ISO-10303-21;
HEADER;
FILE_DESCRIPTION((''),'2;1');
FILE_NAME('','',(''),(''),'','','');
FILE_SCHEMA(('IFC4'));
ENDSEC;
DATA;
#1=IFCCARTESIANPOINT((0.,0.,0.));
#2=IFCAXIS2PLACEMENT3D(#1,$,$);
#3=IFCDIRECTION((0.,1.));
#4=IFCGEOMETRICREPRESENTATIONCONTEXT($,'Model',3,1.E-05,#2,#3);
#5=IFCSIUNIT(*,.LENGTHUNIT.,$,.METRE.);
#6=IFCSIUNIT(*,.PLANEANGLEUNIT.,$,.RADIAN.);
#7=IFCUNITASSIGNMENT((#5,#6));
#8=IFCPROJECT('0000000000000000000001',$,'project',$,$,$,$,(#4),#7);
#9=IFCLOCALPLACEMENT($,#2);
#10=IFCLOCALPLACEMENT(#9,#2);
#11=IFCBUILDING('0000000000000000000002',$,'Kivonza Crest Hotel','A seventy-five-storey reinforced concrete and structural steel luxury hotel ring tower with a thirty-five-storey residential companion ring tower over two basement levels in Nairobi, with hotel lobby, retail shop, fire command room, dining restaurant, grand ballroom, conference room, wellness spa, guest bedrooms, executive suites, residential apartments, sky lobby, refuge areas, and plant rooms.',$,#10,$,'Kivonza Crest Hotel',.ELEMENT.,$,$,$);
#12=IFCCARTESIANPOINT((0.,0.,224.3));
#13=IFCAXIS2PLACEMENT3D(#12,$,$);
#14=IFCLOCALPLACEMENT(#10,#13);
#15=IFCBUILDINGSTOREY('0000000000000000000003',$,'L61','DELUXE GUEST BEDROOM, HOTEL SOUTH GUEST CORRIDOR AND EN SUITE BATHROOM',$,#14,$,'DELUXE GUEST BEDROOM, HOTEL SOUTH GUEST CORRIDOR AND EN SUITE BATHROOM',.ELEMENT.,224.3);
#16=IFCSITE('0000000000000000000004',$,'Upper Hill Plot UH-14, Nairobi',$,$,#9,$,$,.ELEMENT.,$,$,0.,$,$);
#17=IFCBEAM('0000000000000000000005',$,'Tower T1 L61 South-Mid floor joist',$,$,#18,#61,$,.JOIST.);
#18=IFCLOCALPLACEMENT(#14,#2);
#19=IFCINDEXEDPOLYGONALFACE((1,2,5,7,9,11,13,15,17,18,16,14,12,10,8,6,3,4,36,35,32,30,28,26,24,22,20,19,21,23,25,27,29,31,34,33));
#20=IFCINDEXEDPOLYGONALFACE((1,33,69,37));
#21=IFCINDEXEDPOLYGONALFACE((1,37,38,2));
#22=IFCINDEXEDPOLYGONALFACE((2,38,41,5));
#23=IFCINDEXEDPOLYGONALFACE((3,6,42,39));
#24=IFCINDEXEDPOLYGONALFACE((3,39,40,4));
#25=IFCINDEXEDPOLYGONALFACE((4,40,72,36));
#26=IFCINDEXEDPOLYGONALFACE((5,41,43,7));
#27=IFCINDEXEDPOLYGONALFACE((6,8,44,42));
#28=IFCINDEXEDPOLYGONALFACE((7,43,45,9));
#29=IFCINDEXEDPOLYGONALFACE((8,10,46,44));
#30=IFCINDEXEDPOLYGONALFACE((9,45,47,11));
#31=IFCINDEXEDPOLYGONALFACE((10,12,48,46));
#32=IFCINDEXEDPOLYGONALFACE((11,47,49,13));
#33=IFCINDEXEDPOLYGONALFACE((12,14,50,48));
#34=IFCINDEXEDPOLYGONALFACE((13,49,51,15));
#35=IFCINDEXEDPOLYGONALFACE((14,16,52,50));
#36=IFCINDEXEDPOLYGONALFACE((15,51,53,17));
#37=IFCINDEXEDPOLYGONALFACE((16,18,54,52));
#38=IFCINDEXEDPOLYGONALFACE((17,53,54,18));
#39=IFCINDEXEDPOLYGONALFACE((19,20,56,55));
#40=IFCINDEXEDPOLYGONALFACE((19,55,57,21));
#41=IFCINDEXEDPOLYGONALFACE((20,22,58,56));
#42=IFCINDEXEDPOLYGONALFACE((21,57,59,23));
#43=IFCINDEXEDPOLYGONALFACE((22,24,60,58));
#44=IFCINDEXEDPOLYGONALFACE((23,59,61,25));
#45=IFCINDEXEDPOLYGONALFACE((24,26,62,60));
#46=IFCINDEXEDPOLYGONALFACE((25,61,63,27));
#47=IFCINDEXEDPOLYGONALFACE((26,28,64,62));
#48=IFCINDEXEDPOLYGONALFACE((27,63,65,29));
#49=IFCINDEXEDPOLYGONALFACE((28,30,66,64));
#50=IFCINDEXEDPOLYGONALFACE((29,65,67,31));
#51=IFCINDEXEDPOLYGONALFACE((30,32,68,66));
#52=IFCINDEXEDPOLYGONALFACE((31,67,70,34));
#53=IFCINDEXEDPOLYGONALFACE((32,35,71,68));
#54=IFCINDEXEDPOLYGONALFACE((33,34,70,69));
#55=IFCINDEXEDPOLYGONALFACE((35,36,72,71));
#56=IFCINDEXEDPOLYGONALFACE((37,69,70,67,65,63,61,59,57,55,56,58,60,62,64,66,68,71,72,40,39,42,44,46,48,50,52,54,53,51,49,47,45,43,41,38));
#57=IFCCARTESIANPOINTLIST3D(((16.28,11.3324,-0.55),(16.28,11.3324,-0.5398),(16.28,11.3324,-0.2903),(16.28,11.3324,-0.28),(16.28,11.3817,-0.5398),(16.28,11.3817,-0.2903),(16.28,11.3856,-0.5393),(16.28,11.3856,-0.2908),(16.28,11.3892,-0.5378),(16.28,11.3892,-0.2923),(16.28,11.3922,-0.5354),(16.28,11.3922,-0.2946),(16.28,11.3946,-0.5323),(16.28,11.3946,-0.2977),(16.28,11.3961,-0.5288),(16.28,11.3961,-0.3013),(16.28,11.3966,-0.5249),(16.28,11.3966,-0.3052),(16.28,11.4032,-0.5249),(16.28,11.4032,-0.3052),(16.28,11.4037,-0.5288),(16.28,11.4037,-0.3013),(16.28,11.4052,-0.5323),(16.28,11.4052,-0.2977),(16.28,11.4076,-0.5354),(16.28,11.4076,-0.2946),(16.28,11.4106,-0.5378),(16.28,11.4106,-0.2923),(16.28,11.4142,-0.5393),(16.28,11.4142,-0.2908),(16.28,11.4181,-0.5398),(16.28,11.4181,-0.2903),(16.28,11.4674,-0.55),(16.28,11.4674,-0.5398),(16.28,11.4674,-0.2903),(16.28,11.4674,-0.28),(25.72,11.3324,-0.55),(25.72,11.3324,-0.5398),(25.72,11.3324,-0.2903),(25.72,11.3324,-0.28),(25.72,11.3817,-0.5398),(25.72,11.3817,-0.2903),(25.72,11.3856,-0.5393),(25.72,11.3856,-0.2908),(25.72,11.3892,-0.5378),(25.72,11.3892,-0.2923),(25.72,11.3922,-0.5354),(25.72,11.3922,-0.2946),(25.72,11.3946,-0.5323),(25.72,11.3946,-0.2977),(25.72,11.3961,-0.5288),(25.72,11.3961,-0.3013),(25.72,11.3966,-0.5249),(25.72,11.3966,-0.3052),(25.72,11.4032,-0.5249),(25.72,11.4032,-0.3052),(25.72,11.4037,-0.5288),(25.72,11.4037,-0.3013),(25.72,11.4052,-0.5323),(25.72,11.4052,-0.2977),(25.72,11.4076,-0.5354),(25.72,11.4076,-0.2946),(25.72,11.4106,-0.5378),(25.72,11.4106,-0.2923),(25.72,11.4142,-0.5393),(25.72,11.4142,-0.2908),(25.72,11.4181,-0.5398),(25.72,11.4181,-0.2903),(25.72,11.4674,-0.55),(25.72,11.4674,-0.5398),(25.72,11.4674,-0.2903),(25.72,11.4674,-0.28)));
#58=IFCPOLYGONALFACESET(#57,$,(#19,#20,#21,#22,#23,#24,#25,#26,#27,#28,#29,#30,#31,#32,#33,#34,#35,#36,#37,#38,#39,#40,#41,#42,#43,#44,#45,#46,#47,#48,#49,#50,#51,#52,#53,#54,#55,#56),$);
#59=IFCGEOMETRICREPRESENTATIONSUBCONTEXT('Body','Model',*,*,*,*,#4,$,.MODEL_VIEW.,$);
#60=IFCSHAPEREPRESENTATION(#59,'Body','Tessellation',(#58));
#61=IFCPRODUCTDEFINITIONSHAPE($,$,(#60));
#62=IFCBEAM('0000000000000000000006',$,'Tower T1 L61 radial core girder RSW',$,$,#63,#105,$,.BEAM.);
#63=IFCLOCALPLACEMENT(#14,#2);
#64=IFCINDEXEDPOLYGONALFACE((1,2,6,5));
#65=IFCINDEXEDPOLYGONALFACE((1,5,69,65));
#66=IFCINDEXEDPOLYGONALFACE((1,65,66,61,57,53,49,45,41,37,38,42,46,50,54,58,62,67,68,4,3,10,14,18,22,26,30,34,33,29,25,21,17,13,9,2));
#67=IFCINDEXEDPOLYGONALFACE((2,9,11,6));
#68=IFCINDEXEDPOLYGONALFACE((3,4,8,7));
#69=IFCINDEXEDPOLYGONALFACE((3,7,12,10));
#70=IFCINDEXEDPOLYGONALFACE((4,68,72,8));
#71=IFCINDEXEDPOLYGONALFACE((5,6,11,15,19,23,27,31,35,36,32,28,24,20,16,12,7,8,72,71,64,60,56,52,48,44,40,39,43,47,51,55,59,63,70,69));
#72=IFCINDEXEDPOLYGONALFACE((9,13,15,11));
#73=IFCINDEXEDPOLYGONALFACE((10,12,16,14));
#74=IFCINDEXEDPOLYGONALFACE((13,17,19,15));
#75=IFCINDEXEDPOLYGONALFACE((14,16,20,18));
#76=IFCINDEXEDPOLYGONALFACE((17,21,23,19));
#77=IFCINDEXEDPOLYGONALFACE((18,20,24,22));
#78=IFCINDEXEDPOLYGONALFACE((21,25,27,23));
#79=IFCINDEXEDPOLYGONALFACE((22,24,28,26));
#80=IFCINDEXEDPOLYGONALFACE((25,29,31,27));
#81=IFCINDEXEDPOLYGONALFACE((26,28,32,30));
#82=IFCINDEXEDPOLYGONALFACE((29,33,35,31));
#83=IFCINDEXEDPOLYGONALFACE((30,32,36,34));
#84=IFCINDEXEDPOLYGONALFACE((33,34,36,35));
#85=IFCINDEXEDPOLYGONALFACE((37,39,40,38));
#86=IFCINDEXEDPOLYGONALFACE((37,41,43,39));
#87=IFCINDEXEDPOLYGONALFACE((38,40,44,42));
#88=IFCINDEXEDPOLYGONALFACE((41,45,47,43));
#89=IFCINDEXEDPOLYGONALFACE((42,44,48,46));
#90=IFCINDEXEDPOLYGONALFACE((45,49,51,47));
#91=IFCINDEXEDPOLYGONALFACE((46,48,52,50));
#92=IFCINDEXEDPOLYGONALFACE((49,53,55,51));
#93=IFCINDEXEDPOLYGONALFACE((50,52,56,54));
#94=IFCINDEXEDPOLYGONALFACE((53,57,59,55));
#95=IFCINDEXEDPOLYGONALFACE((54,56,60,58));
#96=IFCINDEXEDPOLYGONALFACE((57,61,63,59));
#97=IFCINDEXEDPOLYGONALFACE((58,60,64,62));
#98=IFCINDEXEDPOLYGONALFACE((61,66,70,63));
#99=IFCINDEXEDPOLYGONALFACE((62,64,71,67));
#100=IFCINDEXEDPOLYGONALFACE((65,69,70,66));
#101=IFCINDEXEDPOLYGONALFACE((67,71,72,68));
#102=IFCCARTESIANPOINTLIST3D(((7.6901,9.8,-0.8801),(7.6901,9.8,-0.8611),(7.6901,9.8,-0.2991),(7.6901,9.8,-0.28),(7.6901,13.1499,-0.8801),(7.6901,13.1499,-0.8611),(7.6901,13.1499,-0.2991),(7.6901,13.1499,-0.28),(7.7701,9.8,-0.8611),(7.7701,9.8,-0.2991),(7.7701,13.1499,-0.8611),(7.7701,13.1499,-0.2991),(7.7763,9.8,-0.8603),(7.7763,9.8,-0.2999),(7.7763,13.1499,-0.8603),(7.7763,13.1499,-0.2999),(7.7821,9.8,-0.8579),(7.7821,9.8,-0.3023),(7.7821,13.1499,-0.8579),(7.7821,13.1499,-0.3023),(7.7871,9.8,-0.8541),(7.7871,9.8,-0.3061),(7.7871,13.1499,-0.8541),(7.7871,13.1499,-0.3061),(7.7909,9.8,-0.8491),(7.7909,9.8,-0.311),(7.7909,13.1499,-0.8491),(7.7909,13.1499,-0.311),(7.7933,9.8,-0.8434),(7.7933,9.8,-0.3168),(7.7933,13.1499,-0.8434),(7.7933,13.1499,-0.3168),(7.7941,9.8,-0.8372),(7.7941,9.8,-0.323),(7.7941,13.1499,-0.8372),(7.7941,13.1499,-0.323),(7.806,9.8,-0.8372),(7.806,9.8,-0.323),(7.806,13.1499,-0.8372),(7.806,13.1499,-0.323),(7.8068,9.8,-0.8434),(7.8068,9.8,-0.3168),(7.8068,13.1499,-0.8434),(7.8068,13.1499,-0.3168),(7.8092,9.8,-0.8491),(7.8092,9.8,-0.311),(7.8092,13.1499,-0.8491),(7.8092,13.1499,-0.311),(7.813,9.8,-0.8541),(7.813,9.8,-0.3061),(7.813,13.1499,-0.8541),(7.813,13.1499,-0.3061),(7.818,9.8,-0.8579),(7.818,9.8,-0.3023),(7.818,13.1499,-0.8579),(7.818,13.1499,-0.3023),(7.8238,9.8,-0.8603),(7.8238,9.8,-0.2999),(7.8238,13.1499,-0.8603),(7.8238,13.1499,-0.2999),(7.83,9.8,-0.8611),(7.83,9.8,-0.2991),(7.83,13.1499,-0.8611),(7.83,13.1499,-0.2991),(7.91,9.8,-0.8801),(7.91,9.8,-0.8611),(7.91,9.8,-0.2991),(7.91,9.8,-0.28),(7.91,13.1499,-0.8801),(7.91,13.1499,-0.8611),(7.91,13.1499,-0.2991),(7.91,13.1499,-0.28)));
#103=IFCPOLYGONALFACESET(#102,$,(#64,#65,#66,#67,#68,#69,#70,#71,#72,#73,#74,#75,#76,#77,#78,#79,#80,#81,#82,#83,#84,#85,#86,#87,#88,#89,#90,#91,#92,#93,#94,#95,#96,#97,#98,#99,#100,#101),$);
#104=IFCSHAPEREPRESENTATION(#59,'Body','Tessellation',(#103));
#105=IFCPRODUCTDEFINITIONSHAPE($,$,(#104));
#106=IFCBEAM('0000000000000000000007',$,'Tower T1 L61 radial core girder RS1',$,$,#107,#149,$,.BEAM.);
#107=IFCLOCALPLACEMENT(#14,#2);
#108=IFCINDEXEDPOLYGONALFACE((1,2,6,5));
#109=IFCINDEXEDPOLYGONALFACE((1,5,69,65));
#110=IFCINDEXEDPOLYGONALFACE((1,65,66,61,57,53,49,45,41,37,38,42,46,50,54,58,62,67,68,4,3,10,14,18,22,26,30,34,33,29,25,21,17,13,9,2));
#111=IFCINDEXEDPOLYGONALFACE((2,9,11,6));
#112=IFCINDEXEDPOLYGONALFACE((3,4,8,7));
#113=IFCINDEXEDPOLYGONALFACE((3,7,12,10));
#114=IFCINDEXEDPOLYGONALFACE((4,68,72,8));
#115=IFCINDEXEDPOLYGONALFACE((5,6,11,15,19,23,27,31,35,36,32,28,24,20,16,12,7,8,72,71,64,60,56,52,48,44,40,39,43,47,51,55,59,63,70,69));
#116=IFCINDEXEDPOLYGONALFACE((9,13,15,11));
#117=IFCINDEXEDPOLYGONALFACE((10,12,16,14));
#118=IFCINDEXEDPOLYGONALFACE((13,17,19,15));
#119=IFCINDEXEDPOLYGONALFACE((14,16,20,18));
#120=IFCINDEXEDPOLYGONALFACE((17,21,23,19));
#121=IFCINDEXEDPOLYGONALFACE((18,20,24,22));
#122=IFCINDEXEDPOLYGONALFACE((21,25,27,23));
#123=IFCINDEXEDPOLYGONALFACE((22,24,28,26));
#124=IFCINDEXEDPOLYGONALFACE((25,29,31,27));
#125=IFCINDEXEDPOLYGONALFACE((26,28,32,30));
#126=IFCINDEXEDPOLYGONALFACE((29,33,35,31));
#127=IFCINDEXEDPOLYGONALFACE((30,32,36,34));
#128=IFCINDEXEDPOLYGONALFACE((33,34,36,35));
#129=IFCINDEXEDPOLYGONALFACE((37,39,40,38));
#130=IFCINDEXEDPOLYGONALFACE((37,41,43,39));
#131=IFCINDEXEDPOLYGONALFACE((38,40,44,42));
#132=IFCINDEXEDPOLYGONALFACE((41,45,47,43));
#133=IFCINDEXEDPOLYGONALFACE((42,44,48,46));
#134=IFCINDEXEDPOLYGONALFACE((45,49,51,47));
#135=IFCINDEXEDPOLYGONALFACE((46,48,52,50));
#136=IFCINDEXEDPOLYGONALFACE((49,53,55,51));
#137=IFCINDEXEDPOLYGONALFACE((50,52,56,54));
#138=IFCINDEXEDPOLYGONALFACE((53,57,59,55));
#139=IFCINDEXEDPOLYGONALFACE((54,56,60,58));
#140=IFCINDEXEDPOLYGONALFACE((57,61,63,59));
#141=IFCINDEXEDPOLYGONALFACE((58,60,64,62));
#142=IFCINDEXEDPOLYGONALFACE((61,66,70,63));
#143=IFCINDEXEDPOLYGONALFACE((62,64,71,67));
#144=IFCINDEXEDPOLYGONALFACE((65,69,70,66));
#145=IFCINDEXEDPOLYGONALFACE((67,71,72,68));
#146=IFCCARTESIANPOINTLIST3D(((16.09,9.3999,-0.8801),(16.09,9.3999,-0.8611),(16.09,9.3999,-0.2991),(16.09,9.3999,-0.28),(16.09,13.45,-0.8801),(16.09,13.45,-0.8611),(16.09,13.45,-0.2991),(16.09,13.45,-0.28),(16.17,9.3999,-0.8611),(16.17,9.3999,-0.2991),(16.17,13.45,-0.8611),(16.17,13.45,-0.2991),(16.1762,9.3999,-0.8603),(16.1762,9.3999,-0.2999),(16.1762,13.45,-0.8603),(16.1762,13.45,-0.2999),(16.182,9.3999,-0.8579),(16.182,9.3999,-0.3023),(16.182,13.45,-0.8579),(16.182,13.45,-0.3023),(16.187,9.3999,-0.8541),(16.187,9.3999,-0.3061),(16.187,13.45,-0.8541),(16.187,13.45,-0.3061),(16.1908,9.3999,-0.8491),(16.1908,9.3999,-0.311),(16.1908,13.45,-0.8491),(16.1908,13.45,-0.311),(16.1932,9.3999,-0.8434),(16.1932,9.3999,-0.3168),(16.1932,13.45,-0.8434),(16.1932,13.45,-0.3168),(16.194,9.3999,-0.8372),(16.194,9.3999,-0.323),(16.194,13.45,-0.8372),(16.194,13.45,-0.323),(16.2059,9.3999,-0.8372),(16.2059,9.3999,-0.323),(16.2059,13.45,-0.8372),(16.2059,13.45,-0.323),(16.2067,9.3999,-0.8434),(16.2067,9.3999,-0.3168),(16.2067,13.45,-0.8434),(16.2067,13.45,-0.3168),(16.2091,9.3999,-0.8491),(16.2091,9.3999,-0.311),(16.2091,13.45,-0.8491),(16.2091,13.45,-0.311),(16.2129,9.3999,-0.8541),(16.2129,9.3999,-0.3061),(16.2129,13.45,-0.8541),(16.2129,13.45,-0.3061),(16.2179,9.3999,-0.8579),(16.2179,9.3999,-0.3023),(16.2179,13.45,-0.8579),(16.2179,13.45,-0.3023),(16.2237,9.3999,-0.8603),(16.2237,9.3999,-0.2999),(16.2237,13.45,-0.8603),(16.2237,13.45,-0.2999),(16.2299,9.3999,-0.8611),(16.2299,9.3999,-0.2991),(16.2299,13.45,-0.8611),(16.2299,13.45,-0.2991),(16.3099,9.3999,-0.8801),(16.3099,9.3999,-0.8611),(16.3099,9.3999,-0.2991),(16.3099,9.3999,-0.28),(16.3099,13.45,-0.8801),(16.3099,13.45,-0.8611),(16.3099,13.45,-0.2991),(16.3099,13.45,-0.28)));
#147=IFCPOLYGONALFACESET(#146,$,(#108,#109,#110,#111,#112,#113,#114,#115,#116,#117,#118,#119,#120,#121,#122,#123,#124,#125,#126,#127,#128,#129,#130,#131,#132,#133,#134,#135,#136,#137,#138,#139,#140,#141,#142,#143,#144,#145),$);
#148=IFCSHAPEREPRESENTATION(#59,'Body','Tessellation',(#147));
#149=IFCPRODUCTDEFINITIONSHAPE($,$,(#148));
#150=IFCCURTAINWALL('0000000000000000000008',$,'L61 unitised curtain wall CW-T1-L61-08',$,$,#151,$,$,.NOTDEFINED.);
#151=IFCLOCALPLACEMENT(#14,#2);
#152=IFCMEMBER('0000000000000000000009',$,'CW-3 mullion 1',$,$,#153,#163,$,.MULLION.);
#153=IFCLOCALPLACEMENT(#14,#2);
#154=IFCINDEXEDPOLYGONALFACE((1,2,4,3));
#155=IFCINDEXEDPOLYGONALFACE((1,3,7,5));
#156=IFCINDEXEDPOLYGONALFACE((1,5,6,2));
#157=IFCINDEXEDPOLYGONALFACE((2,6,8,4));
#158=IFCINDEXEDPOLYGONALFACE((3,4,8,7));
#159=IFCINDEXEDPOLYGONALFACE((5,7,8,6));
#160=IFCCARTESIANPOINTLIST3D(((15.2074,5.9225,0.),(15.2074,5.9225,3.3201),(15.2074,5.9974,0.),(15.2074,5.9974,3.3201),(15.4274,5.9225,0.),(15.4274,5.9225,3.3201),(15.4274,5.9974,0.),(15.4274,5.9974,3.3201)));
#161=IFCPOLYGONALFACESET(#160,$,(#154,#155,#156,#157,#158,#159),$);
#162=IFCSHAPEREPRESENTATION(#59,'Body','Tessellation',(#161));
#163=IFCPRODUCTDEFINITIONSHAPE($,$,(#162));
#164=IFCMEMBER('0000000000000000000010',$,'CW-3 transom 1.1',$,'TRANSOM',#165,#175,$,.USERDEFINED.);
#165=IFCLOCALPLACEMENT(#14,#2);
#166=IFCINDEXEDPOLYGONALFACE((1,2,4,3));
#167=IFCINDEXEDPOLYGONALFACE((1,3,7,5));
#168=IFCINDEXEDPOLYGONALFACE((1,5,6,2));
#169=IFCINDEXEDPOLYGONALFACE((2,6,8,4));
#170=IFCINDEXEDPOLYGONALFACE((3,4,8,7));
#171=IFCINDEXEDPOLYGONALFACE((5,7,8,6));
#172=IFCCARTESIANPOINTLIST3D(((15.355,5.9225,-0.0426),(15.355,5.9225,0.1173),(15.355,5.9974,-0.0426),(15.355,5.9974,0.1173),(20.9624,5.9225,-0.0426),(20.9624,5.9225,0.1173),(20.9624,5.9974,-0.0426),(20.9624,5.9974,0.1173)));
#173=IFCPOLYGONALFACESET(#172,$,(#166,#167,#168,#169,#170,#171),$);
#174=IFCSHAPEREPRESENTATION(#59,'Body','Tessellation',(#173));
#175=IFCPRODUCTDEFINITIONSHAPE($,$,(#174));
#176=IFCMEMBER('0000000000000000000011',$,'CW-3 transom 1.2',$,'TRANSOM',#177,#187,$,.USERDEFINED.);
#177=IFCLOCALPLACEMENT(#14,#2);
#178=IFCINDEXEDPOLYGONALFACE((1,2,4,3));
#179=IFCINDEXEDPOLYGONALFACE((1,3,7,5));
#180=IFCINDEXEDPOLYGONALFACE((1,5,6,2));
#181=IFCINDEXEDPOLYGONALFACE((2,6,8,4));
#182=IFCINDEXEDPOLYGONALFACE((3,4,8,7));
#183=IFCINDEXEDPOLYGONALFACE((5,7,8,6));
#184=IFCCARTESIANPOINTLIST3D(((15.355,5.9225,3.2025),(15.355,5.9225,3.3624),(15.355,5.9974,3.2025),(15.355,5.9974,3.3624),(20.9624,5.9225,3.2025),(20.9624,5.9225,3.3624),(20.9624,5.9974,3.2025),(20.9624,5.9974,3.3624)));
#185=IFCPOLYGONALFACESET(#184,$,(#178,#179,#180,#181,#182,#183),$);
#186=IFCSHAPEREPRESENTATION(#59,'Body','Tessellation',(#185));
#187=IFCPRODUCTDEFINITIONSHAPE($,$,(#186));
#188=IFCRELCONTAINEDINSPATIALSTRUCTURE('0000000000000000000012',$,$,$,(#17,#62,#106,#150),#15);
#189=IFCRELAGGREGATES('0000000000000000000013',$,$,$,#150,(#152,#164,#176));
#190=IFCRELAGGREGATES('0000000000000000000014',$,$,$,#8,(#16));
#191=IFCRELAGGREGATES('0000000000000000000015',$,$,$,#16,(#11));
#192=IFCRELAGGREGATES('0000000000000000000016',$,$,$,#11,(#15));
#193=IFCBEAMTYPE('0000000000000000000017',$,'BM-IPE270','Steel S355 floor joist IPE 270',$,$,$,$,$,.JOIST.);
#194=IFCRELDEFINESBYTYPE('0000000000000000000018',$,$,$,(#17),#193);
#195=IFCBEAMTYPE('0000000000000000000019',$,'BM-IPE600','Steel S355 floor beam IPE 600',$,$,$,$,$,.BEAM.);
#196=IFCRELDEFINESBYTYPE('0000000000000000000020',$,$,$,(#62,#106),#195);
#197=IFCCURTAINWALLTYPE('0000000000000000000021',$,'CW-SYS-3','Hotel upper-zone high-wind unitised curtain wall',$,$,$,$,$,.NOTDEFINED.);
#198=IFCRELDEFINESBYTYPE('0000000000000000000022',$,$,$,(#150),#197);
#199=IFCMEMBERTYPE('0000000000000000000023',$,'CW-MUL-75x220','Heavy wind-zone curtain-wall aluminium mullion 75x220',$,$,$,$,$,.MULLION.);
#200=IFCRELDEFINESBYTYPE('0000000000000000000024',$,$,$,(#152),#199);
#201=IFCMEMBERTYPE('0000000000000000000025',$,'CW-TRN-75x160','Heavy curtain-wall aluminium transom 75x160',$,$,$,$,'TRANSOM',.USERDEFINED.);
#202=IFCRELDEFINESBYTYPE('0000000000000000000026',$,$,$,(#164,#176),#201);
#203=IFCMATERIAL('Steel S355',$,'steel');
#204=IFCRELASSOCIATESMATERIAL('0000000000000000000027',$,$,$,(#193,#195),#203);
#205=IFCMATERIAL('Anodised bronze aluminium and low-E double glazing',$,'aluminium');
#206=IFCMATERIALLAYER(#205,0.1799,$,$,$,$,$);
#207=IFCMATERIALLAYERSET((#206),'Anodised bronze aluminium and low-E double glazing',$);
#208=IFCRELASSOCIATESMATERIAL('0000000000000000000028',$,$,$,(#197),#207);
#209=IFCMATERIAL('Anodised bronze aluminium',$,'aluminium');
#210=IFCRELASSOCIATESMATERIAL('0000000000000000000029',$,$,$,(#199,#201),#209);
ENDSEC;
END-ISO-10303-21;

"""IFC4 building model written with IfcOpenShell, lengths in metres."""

from ifc_helpers import new_model, si_unit, direction, frame, origin, origin_2d, place, context, subcontext, project, spatial, rectangle, i_section, extrude, material, layer, layer_set, material_profile, profile_set, type_object, element, aggregate, save


model = new_model("IFC4")

# Units and contexts
model_context = context("Model", 3, precision=1e-05, world=origin(), true_north=direction((0.0, 1.0)))
body_context = subcontext(model_context, "Body", "Model", "MODEL_VIEW")
ifc_project = project(units=[si_unit("LENGTHUNIT", "METRE"), si_unit("PLANEANGLEUNIT", "RADIAN")], contexts=[model_context])

# Site, building, storey
site_placement = place(None, origin())
site = spatial("IfcSite", under=ifc_project, at=site_placement, Name="Upper Hill Plot UH-14, Nairobi", CompositionType="ELEMENT", RefElevation=0.0)
building_placement = place(site_placement, origin())
building = spatial("IfcBuilding", under=site, at=building_placement, Name="Kivonza Crest Hotel", Description="A seventy-five-storey reinforced concrete and structural steel luxury hotel ring tower with a thirty-five-storey residential companion ring tower over two basement levels in Nairobi, with hotel lobby, retail shop, fire command room, dining restaurant, grand ballroom, conference room, wellness spa, guest bedrooms, executive suites, residential apartments, sky lobby, refuge areas, and plant rooms.", LongName="Kivonza Crest Hotel", CompositionType="ELEMENT")
storey_placement = place(building_placement, frame((0.0, 0.0, 224.3)))
storey = spatial("IfcBuildingStorey", under=building, at=storey_placement, Name="L61", Description="DELUXE GUEST BEDROOM, HOTEL SOUTH GUEST CORRIDOR AND EN SUITE BATHROOM", LongName="DELUXE GUEST BEDROOM, HOTEL SOUTH GUEST CORRIDOR AND EN SUITE BATHROOM", CompositionType="ELEMENT", Elevation=224.3)

# Beams
ifc_material_1 = material(Name="Steel S355", Category="steel")
ifc_material_profile_1 = material_profile(ifc_material_1, i_section(OverallWidth=0.135, OverallDepth=0.27, WebThickness=0.0066, FlangeThickness=0.0103, FilletRadius=0.0149, at=origin_2d()), Name="IPE 270")
ifc_profile_set_1 = profile_set([ifc_material_profile_1], Name="Steel S355")
beam_type_1 = type_object("IfcBeamType", Name="BM-IPE270", Description="Steel S355 floor joist IPE 270", PredefinedType="JOIST", material=ifc_profile_set_1)
beam_1_placement = place(storey_placement, frame((16.28, 11.3999, -0.415), z_axis=(1.0, 0.0, 0.0), x_axis=(0.0, 1.0, 0.0)))
element("IfcBeam", 1, at=beam_1_placement, inside=storey, type_object=beam_type_1, Name="Tower T1 L61 South-Mid floor joist", PredefinedType="JOIST", context=body_context, shape_type="SweptSolid", body=[
    extrude(i_section(OverallWidth=0.135, OverallDepth=0.27, WebThickness=0.0066, FlangeThickness=0.0103, FilletRadius=0.0149, at=origin_2d()), origin(), (0.0, 0.0, 1.0), 9.4399),
])
ifc_material_profile_2 = material_profile(ifc_material_1, i_section(OverallWidth=0.22, OverallDepth=0.6001, WebThickness=0.012, FlangeThickness=0.019, FilletRadius=0.0239, at=origin_2d()), Name="IPE 600")
ifc_profile_set_2 = profile_set([ifc_material_profile_2], Name="Steel S355")
beam_type_2 = type_object("IfcBeamType", Name="BM-IPE600", Description="Steel S355 floor beam IPE 600", PredefinedType="BEAM", material=ifc_profile_set_2)
beam_2_placement = place(storey_placement, frame((7.8, 9.8, -0.5801), z_axis=(0.0, 1.0, 0.0), x_axis=(-1.0, 0.0, 0.0)))
element("IfcBeam", 2, at=beam_2_placement, inside=storey, type_object=beam_type_2, Name="Tower T1 L61 radial core girder RSW", PredefinedType="BEAM", context=body_context, shape_type="SweptSolid", body=[
    extrude(i_section(OverallWidth=0.22, OverallDepth=0.6001, WebThickness=0.012, FlangeThickness=0.019, FilletRadius=0.0239, at=origin_2d()), origin(), (0.0, 0.0, 1.0), 3.3499),
])
beam_3_placement = place(storey_placement, frame((16.2, 9.3999, -0.5801), z_axis=(0.0, 1.0, 0.0), x_axis=(-1.0, 0.0, 0.0)))
element("IfcBeam", 3, at=beam_3_placement, inside=storey, type_object=beam_type_2, Name="Tower T1 L61 radial core girder RS1", PredefinedType="BEAM", context=body_context, shape_type="SweptSolid", body=[
    extrude(i_section(OverallWidth=0.22, OverallDepth=0.6001, WebThickness=0.012, FlangeThickness=0.019, FilletRadius=0.0239, at=origin_2d()), origin(), (0.0, 0.0, 1.0), 4.05),
])

# Curtain wall, members
ifc_material_2 = material(Name="Anodised bronze aluminium and low-E double glazing", Category="aluminium")
ifc_layer_1 = layer(ifc_material_2, 0.1799)
ifc_layer_set_1 = layer_set([ifc_layer_1], Name="Anodised bronze aluminium and low-E double glazing")
curtain_wall_type = type_object("IfcCurtainWallType", Name="CW-SYS-3", Description="Hotel upper-zone high-wind unitised curtain wall", PredefinedType="NOTDEFINED", material=ifc_layer_set_1)
curtain_wall_placement = place(storey_placement, origin())
curtain_wall = element("IfcCurtainWall", 4, at=curtain_wall_placement, inside=storey, type_object=curtain_wall_type, Name="L61 unitised curtain wall CW-T1-L61-08", PredefinedType="NOTDEFINED")
ifc_material_3 = material(Name="Anodised bronze aluminium", Category="aluminium")
ifc_material_profile_3 = material_profile(ifc_material_3, rectangle(XDim=0.075, YDim=0.22, at=origin_2d()), Name="CW-M 75x220")
ifc_profile_set_3 = profile_set([ifc_material_profile_3], Name="Anodised bronze aluminium")
member_type_1 = type_object("IfcMemberType", Name="CW-MUL-75x220", Description="Heavy wind-zone curtain-wall aluminium mullion 75x220", PredefinedType="MULLION", material=ifc_profile_set_3)
member_1_placement = place(storey_placement, frame((15.3174, 5.96, 0.0), z_axis=(0.0, 0.0, 1.0), x_axis=(0.0, 1.0, 0.0)))
member_1 = element("IfcMember", 5, at=member_1_placement, type_object=member_type_1, Name="CW-3 mullion 1", PredefinedType="MULLION", context=body_context, shape_type="SweptSolid", body=[
    extrude(rectangle(XDim=0.075, YDim=0.22, at=origin_2d()), origin(), (0.0, 0.0, 1.0), 3.3201),
])
ifc_material_profile_4 = material_profile(ifc_material_3, rectangle(XDim=0.075, YDim=0.1599, at=origin_2d()), Name="CW-T 75x160")
ifc_profile_set_4 = profile_set([ifc_material_profile_4], Name="Anodised bronze aluminium")
member_type_2 = type_object("IfcMemberType", Name="CW-TRN-75x160", Description="Heavy curtain-wall aluminium transom 75x160", ElementType="TRANSOM", PredefinedType="USERDEFINED", material=ifc_profile_set_4)
member_2_placement = place(storey_placement, frame((15.355, 5.96, 0.0374), z_axis=(1.0, 0.0, 0.0), x_axis=(0.0, 1.0, 0.0)))
member_2 = element("IfcMember", 6, at=member_2_placement, type_object=member_type_2, Name="CW-3 transom 1.1", ObjectType="TRANSOM", PredefinedType="USERDEFINED", context=body_context, shape_type="SweptSolid", body=[
    extrude(rectangle(XDim=0.075, YDim=0.1599, at=origin_2d()), origin(), (0.0, 0.0, 1.0), 5.6074),
])
member_3_placement = place(storey_placement, frame((15.355, 5.96, 3.2825), z_axis=(1.0, 0.0, 0.0), x_axis=(0.0, 1.0, 0.0)))
member_3 = element("IfcMember", 7, at=member_3_placement, type_object=member_type_2, Name="CW-3 transom 1.2", ObjectType="TRANSOM", PredefinedType="USERDEFINED", context=body_context, shape_type="SweptSolid", body=[
    extrude(rectangle(XDim=0.075, YDim=0.1599, at=origin_2d()), origin(), (0.0, 0.0, 1.0), 5.6074),
])
aggregate(curtain_wall, [member_1, member_2, member_3])

save(model, "model.ifc")
